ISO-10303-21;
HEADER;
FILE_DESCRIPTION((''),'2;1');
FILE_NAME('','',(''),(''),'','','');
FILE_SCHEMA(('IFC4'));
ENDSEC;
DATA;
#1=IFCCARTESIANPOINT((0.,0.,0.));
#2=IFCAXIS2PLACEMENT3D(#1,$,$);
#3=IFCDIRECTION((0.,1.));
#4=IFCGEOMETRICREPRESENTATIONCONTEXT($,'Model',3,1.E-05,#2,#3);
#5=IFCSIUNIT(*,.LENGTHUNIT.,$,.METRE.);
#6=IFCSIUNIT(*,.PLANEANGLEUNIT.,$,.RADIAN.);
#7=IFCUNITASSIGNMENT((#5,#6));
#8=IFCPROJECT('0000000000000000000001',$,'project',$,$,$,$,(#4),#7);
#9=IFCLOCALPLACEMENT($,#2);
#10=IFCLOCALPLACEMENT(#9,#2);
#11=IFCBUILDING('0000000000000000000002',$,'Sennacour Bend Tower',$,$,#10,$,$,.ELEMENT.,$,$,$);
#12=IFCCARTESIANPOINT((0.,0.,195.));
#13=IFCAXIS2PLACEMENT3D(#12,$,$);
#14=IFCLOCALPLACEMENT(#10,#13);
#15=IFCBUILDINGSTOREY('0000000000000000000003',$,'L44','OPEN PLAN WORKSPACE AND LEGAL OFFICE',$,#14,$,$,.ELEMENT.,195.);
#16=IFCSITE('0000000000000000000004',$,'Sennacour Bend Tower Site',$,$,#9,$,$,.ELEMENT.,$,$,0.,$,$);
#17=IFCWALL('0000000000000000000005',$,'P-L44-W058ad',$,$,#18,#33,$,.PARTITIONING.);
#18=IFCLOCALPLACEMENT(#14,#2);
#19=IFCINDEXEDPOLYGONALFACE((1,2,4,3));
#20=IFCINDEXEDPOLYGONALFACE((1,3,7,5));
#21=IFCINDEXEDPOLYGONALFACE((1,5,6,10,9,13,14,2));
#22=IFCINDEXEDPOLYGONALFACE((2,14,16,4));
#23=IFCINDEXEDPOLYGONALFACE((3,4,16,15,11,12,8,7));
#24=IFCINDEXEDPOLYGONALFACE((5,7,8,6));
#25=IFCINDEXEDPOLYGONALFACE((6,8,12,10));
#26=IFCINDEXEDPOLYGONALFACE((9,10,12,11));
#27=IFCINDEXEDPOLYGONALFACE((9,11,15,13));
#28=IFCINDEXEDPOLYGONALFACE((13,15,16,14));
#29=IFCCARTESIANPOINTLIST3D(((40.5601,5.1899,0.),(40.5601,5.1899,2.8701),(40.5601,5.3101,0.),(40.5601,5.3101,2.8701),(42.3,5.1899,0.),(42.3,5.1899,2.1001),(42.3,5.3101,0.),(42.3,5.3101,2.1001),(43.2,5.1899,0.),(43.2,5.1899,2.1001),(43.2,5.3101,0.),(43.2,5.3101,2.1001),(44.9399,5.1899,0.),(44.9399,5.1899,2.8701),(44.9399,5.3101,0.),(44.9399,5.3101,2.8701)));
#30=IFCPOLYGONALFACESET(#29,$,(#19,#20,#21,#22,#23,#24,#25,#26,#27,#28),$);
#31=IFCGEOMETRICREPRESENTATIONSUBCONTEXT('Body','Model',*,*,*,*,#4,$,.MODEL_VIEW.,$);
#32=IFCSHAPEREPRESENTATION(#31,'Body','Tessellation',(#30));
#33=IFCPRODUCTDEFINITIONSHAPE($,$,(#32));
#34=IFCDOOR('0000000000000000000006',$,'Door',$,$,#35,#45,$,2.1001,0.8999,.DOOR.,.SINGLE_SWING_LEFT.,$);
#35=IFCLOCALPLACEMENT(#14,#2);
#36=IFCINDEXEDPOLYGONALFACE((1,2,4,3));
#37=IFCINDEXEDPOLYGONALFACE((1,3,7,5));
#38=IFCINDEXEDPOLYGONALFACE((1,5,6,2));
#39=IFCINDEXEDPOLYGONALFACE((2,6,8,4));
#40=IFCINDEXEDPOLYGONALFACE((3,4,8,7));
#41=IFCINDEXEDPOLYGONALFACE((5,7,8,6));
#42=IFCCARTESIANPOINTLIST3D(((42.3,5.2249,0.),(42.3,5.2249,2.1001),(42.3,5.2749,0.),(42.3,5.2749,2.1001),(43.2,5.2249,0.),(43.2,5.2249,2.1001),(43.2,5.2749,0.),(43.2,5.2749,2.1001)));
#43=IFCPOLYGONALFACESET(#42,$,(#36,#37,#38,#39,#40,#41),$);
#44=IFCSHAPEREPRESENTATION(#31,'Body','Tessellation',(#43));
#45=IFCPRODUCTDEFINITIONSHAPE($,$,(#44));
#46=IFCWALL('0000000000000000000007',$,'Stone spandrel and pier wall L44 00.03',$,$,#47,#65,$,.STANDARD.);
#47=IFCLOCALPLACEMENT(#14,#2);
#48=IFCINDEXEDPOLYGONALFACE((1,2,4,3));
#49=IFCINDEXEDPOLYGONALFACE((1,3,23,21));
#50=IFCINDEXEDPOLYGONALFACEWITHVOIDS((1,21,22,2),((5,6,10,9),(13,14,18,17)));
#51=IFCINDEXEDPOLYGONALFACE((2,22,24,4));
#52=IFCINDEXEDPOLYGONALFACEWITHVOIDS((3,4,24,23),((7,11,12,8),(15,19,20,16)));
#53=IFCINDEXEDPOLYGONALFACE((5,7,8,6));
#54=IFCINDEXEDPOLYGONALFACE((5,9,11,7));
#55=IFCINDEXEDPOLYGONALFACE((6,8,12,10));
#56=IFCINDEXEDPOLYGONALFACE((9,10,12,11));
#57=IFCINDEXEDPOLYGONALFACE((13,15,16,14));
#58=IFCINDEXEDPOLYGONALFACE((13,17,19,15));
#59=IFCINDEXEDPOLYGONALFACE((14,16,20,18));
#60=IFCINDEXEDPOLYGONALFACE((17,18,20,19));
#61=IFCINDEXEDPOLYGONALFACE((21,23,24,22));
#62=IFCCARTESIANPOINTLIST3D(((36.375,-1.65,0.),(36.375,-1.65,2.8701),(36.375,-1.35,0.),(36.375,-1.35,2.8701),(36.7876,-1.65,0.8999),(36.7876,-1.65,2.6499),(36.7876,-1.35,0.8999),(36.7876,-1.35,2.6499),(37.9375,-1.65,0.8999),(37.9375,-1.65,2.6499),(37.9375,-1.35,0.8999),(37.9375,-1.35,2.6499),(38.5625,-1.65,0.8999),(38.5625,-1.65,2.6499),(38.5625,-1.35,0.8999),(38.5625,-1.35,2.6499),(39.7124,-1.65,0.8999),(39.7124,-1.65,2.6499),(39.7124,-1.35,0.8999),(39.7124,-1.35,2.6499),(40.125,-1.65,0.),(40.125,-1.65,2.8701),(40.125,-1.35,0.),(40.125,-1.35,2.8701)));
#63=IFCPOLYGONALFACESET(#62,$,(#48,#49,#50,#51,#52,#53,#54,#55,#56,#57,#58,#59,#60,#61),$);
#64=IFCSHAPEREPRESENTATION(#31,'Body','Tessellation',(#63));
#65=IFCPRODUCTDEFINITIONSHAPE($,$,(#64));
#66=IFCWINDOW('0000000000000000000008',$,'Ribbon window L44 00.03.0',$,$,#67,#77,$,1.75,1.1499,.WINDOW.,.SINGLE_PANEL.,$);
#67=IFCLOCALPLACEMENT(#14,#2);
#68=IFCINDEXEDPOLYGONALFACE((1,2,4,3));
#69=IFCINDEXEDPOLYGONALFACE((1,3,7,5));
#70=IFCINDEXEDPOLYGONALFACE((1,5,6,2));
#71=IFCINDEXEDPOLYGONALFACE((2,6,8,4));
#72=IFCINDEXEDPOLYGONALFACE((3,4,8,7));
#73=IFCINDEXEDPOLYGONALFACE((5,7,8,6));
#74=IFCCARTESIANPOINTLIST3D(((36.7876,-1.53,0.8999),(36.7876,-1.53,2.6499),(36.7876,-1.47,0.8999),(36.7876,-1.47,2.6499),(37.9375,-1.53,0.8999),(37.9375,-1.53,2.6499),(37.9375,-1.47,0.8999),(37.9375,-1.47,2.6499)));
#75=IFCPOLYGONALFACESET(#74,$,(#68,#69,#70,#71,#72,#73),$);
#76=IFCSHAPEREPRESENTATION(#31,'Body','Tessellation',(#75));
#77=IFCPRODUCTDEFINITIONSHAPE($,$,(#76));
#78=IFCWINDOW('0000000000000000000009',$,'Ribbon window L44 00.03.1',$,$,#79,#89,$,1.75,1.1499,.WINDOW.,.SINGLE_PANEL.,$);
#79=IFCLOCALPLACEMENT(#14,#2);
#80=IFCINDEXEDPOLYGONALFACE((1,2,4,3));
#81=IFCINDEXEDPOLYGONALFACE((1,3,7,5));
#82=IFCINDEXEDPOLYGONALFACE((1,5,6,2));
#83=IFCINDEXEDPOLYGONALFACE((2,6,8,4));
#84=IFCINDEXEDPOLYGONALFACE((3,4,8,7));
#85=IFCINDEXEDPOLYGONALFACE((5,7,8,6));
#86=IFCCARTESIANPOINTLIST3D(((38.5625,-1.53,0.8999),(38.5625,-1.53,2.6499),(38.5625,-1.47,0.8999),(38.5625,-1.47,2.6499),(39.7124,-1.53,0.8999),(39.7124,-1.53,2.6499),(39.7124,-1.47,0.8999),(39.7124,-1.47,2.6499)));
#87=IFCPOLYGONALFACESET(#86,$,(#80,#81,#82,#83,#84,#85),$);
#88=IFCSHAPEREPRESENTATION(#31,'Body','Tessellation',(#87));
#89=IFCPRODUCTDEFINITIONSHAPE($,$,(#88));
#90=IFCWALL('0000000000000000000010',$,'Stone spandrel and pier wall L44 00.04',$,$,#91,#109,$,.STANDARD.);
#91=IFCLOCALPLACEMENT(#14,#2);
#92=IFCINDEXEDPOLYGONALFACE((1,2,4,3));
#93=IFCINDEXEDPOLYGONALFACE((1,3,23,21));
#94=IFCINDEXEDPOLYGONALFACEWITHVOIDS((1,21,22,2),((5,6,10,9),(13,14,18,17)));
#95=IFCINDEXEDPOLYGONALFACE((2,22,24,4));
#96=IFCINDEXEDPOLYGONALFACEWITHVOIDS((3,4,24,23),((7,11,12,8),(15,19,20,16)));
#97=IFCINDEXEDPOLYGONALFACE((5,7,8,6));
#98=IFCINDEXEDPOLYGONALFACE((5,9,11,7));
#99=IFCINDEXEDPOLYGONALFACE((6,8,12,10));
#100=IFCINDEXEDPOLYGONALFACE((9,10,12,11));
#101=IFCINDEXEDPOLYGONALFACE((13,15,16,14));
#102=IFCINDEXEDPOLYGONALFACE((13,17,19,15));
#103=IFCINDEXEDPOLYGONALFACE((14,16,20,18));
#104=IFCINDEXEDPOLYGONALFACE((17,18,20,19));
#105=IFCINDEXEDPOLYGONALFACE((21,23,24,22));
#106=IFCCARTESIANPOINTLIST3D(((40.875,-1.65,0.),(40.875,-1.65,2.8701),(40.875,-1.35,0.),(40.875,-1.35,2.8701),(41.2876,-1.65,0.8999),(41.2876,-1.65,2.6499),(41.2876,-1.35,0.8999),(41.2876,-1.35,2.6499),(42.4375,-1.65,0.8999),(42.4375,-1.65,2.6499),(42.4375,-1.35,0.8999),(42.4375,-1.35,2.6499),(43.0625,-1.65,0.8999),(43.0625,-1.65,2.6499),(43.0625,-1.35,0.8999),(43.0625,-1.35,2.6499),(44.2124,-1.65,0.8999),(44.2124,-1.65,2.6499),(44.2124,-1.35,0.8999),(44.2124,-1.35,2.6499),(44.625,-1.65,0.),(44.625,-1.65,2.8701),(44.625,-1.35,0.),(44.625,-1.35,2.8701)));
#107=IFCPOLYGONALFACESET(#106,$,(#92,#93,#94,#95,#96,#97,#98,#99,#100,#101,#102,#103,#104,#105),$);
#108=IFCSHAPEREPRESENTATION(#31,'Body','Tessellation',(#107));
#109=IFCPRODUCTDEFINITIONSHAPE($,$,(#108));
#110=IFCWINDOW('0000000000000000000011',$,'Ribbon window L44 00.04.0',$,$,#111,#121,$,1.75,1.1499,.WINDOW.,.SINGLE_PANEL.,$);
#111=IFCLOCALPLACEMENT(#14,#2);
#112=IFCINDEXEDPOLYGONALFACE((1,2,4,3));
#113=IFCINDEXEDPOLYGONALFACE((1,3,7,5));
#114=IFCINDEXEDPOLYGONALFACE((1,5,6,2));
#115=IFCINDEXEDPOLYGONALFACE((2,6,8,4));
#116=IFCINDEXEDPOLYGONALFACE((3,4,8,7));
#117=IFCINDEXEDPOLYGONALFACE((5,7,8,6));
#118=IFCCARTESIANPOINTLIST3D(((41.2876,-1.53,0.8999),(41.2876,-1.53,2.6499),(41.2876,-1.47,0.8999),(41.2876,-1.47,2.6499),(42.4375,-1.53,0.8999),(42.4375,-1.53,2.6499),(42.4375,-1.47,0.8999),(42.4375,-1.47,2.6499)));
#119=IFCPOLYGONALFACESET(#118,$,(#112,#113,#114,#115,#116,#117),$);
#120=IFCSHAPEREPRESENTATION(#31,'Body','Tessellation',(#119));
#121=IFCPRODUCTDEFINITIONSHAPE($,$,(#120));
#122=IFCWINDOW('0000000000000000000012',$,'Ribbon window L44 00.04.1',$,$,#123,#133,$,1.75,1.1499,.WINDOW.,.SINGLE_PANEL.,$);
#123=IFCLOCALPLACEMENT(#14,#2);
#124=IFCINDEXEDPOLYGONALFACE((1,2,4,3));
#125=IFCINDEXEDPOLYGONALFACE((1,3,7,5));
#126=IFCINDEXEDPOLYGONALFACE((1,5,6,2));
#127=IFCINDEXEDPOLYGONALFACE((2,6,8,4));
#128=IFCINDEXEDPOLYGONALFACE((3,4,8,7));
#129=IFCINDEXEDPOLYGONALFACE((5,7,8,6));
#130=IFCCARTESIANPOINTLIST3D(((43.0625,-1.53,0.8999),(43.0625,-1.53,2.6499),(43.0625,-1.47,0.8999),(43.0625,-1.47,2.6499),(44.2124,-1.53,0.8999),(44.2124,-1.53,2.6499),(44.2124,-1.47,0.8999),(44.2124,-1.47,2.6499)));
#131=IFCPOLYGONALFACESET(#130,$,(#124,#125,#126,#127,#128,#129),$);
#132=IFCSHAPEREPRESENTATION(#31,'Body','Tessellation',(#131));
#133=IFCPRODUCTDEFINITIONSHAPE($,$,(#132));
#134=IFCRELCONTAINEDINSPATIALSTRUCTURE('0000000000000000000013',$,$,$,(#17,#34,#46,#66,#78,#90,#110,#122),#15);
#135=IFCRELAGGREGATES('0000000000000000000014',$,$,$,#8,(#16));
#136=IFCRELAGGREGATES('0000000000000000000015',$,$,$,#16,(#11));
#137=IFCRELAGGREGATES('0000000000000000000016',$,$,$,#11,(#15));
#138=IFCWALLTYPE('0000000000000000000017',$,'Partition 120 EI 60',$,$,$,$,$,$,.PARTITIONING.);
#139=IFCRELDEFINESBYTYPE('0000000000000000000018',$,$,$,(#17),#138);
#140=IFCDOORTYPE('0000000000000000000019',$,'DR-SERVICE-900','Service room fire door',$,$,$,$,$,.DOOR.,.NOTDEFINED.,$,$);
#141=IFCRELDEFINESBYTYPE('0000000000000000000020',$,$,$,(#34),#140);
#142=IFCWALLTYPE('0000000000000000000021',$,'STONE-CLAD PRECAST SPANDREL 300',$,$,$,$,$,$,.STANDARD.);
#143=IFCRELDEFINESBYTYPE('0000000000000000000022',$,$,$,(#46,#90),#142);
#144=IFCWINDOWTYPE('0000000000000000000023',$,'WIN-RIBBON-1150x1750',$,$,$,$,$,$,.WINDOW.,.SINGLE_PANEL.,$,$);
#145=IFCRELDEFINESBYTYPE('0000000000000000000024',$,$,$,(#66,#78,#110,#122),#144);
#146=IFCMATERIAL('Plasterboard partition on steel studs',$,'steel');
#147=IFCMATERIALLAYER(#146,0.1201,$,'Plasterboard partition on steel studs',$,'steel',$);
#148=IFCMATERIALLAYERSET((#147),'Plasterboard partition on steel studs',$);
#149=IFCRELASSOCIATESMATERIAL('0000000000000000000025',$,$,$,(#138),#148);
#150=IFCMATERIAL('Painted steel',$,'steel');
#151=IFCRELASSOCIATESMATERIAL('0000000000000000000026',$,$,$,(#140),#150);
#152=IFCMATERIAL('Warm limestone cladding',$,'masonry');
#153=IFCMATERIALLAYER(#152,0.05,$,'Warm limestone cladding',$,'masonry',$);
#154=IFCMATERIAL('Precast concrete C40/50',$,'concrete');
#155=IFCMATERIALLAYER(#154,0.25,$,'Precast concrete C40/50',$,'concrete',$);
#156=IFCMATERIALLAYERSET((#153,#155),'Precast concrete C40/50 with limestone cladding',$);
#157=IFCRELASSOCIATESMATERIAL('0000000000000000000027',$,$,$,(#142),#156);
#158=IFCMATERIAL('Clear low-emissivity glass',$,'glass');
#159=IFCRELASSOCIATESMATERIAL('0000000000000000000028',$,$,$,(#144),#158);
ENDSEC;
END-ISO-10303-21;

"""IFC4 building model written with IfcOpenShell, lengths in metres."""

from ifc_helpers import new_model, si_unit, direction, frame, frame_2d, origin, place, context, subcontext, project, spatial, rectangle, extrude, material, layer, layer_set, type_object, element, fill, save


model = new_model("IFC4")

# Units and contexts
model_context = context("Model", 3, precision=1e-05, world=origin(), true_north=direction((0.0, 1.0)))
body_context = subcontext(model_context, "Body", "Model", "MODEL_VIEW")
ifc_project = project(units=[si_unit("LENGTHUNIT", "METRE"), si_unit("PLANEANGLEUNIT", "RADIAN")], contexts=[model_context])

# Site, building, storey
site_placement = place(None, origin())
site = spatial("IfcSite", under=ifc_project, at=site_placement, Name="Sennacour Bend Tower Site", CompositionType="ELEMENT", RefElevation=0.0)
building_placement = place(site_placement, origin())
building = spatial("IfcBuilding", under=site, at=building_placement, Name="Sennacour Bend Tower", CompositionType="ELEMENT")
storey_placement = place(building_placement, frame((0.0, 0.0, 195.0)))
storey = spatial("IfcBuildingStorey", under=building, at=storey_placement, Name="L44", Description="OPEN PLAN WORKSPACE AND LEGAL OFFICE", CompositionType="ELEMENT", Elevation=195.0)

# Shared definitions
ifc_material_1 = material(Name="Plasterboard partition on steel studs", Category="steel")

# Wall, opening, door
ifc_layer_1 = layer(ifc_material_1, 0.1201, Name="Plasterboard partition on steel studs", Category="steel")
ifc_layer_set_1 = layer_set([ifc_layer_1], Name="Plasterboard partition on steel studs")
wall_type_1 = type_object("IfcWallType", Name="Partition 120 EI 60", PredefinedType="PARTITIONING", material=ifc_layer_set_1)
wall_1_placement = place(storey_placement, frame((40.5601, 5.25, 0.0), z_axis=(0.0, 0.0, 1.0), x_axis=(1.0, 0.0, 0.0)))
wall_1 = element("IfcWall", 1, at=wall_1_placement, inside=storey, type_object=wall_type_1, Name="P-L44-W058ad", PredefinedType="PARTITIONING", context=body_context, shape_type="SweptSolid", body=[
    extrude(rectangle(XDim=4.3799, YDim=0.1201, at=frame_2d((2.1899, 0.0))), origin(), (0.0, 0.0, 1.0), 2.8701),
])
opening_1_placement = place(wall_1_placement, frame((1.74, 0.0, 0.0)))
opening_1 = element("IfcOpeningElement", 2, at=opening_1_placement, cuts=wall_1, PredefinedType="OPENING", context=body_context, shape_type="SweptSolid", body=[
    extrude(rectangle(XDim=0.8999, YDim=2.1001, at=frame_2d((0.45, 1.05))), frame((0.0, 0.0701, 0.0), z_axis=(0.0, -1.0, 0.0), x_axis=(1.0, 0.0, 0.0)), (0.0, 0.0, 1.0), 0.1401),
])
ifc_material_2 = material(Name="Painted steel", Category="steel")
door_type_1 = type_object("IfcDoorType", Name="DR-SERVICE-900", Description="Service room fire door", OperationType="NOTDEFINED", PredefinedType="DOOR", material=ifc_material_2)
door_1_placement = place(opening_1_placement, origin())
door_1 = element("IfcDoor", 3, at=door_1_placement, inside=storey, type_object=door_type_1, Name="Door", OperationType="SINGLE_SWING_LEFT", OverallHeight=2.1001, OverallWidth=0.8999, PredefinedType="DOOR", context=body_context, shape_type="SweptSolid", body=[
    extrude(rectangle(XDim=0.8999, YDim=2.1001, at=frame_2d((0.45, 1.05))), frame((0.0, 0.0249, 0.0), z_axis=(0.0, -1.0, 0.0), x_axis=(1.0, 0.0, 0.0)), (0.0, 0.0, 1.0), 0.05),
])
fill(opening_1, door_1)

# Walls, openings, windows
ifc_material_3 = material(Name="Warm limestone cladding", Category="masonry")
ifc_layer_2 = layer(ifc_material_3, 0.05, Name="Warm limestone cladding", Category="masonry")
ifc_material_4 = material(Name="Precast concrete C40/50", Category="concrete")
ifc_layer_3 = layer(ifc_material_4, 0.25, Name="Precast concrete C40/50", Category="concrete")
ifc_layer_set_2 = layer_set([ifc_layer_2, ifc_layer_3], Name="Precast concrete C40/50 with limestone cladding")
wall_type_2 = type_object("IfcWallType", Name="STONE-CLAD PRECAST SPANDREL 300", PredefinedType="STANDARD", material=ifc_layer_set_2)
wall_2_placement = place(storey_placement, frame((36.375, -1.5, 0.0), z_axis=(0.0, 0.0, 1.0), x_axis=(1.0, 0.0, 0.0)))
wall_2 = element("IfcWall", 4, at=wall_2_placement, inside=storey, type_object=wall_type_2, Name="Stone spandrel and pier wall L44 00.03", PredefinedType="STANDARD", context=body_context, shape_type="SweptSolid", body=[
    extrude(rectangle(XDim=3.75, YDim=0.3, at=frame_2d((1.875, 0.0))), origin(), (0.0, 0.0, 1.0), 2.8701),
])
opening_2_placement = place(wall_2_placement, frame((0.4126, 0.0, 0.8999)))
opening_2 = element("IfcOpeningElement", 5, at=opening_2_placement, cuts=wall_2, PredefinedType="OPENING", context=body_context, shape_type="SweptSolid", body=[
    extrude(rectangle(XDim=1.1499, YDim=1.75, at=frame_2d((0.575, 0.875))), frame((0.0, 0.1602, 0.0), z_axis=(0.0, -1.0, 0.0), x_axis=(1.0, 0.0, 0.0)), (0.0, 0.0, 1.0), 0.3201),
])
opening_3_placement = place(wall_2_placement, frame((2.1875, 0.0, 0.8999)))
opening_3 = element("IfcOpeningElement", 6, at=opening_3_placement, cuts=wall_2, PredefinedType="OPENING", context=body_context, shape_type="SweptSolid", body=[
    extrude(rectangle(XDim=1.1499, YDim=1.75, at=frame_2d((0.575, 0.875))), frame((0.0, 0.1602, 0.0), z_axis=(0.0, -1.0, 0.0), x_axis=(1.0, 0.0, 0.0)), (0.0, 0.0, 1.0), 0.3201),
])
ifc_material_5 = material(Name="Clear low-emissivity glass", Category="glass")
window_type = type_object("IfcWindowType", Name="WIN-RIBBON-1150x1750", PartitioningType="SINGLE_PANEL", PredefinedType="WINDOW", material=ifc_material_5)
window_1_placement = place(opening_2_placement, origin())
window_1 = element("IfcWindow", 7, at=window_1_placement, inside=storey, type_object=window_type, Name="Ribbon window L44 00.03.0", OverallHeight=1.75, OverallWidth=1.1499, PartitioningType="SINGLE_PANEL", PredefinedType="WINDOW", context=body_context, shape_type="SweptSolid", body=[
    extrude(rectangle(XDim=1.1499, YDim=1.75, at=frame_2d((0.575, 0.875))), frame((0.0, 0.03, 0.0), z_axis=(0.0, -1.0, 0.0), x_axis=(1.0, 0.0, 0.0)), (0.0, 0.0, 1.0), 0.0601),
])
fill(opening_2, window_1)
window_2_placement = place(opening_3_placement, origin())
window_2 = element("IfcWindow", 8, at=window_2_placement, inside=storey, type_object=window_type, Name="Ribbon window L44 00.03.1", OverallHeight=1.75, OverallWidth=1.1499, PartitioningType="SINGLE_PANEL", PredefinedType="WINDOW", context=body_context, shape_type="SweptSolid", body=[
    extrude(rectangle(XDim=1.1499, YDim=1.75, at=frame_2d((0.575, 0.875))), frame((0.0, 0.03, 0.0), z_axis=(0.0, -1.0, 0.0), x_axis=(1.0, 0.0, 0.0)), (0.0, 0.0, 1.0), 0.0601),
])
fill(opening_3, window_2)
wall_3_placement = place(storey_placement, frame((40.875, -1.5, 0.0), z_axis=(0.0, 0.0, 1.0), x_axis=(1.0, 0.0, 0.0)))
wall_3 = element("IfcWall", 9, at=wall_3_placement, inside=storey, type_object=wall_type_2, Name="Stone spandrel and pier wall L44 00.04", PredefinedType="STANDARD", context=body_context, shape_type="SweptSolid", body=[
    extrude(rectangle(XDim=3.75, YDim=0.3, at=frame_2d((1.875, 0.0))), origin(), (0.0, 0.0, 1.0), 2.8701),
])
opening_4_placement = place(wall_3_placement, frame((0.4126, 0.0, 0.8999)))
opening_4 = element("IfcOpeningElement", 10, at=opening_4_placement, cuts=wall_3, PredefinedType="OPENING", context=body_context, shape_type="SweptSolid", body=[
    extrude(rectangle(XDim=1.1499, YDim=1.75, at=frame_2d((0.575, 0.875))), frame((0.0, 0.1602, 0.0), z_axis=(0.0, -1.0, 0.0), x_axis=(1.0, 0.0, 0.0)), (0.0, 0.0, 1.0), 0.3201),
])
opening_5_placement = place(wall_3_placement, frame((2.1875, 0.0, 0.8999)))
opening_5 = element("IfcOpeningElement", 11, at=opening_5_placement, cuts=wall_3, PredefinedType="OPENING", context=body_context, shape_type="SweptSolid", body=[
    extrude(rectangle(XDim=1.1499, YDim=1.75, at=frame_2d((0.575, 0.875))), frame((0.0, 0.1602, 0.0), z_axis=(0.0, -1.0, 0.0), x_axis=(1.0, 0.0, 0.0)), (0.0, 0.0, 1.0), 0.3201),
])
window_3_placement = place(opening_4_placement, origin())
window_3 = element("IfcWindow", 12, at=window_3_placement, inside=storey, type_object=window_type, Name="Ribbon window L44 00.04.0", OverallHeight=1.75, OverallWidth=1.1499, PartitioningType="SINGLE_PANEL", PredefinedType="WINDOW", context=body_context, shape_type="SweptSolid", body=[
    extrude(rectangle(XDim=1.1499, YDim=1.75, at=frame_2d((0.575, 0.875))), frame((0.0, 0.03, 0.0), z_axis=(0.0, -1.0, 0.0), x_axis=(1.0, 0.0, 0.0)), (0.0, 0.0, 1.0), 0.0601),
])
fill(opening_4, window_3)
window_4_placement = place(opening_5_placement, origin())
window_4 = element("IfcWindow", 13, at=window_4_placement, inside=storey, type_object=window_type, Name="Ribbon window L44 00.04.1", OverallHeight=1.75, OverallWidth=1.1499, PartitioningType="SINGLE_PANEL", PredefinedType="WINDOW", context=body_context, shape_type="SweptSolid", body=[
    extrude(rectangle(XDim=1.1499, YDim=1.75, at=frame_2d((0.575, 0.875))), frame((0.0, 0.03, 0.0), z_axis=(0.0, -1.0, 0.0), x_axis=(1.0, 0.0, 0.0)), (0.0, 0.0, 1.0), 0.0601),
])
fill(opening_5, window_4)

save(model, "model.ifc")
